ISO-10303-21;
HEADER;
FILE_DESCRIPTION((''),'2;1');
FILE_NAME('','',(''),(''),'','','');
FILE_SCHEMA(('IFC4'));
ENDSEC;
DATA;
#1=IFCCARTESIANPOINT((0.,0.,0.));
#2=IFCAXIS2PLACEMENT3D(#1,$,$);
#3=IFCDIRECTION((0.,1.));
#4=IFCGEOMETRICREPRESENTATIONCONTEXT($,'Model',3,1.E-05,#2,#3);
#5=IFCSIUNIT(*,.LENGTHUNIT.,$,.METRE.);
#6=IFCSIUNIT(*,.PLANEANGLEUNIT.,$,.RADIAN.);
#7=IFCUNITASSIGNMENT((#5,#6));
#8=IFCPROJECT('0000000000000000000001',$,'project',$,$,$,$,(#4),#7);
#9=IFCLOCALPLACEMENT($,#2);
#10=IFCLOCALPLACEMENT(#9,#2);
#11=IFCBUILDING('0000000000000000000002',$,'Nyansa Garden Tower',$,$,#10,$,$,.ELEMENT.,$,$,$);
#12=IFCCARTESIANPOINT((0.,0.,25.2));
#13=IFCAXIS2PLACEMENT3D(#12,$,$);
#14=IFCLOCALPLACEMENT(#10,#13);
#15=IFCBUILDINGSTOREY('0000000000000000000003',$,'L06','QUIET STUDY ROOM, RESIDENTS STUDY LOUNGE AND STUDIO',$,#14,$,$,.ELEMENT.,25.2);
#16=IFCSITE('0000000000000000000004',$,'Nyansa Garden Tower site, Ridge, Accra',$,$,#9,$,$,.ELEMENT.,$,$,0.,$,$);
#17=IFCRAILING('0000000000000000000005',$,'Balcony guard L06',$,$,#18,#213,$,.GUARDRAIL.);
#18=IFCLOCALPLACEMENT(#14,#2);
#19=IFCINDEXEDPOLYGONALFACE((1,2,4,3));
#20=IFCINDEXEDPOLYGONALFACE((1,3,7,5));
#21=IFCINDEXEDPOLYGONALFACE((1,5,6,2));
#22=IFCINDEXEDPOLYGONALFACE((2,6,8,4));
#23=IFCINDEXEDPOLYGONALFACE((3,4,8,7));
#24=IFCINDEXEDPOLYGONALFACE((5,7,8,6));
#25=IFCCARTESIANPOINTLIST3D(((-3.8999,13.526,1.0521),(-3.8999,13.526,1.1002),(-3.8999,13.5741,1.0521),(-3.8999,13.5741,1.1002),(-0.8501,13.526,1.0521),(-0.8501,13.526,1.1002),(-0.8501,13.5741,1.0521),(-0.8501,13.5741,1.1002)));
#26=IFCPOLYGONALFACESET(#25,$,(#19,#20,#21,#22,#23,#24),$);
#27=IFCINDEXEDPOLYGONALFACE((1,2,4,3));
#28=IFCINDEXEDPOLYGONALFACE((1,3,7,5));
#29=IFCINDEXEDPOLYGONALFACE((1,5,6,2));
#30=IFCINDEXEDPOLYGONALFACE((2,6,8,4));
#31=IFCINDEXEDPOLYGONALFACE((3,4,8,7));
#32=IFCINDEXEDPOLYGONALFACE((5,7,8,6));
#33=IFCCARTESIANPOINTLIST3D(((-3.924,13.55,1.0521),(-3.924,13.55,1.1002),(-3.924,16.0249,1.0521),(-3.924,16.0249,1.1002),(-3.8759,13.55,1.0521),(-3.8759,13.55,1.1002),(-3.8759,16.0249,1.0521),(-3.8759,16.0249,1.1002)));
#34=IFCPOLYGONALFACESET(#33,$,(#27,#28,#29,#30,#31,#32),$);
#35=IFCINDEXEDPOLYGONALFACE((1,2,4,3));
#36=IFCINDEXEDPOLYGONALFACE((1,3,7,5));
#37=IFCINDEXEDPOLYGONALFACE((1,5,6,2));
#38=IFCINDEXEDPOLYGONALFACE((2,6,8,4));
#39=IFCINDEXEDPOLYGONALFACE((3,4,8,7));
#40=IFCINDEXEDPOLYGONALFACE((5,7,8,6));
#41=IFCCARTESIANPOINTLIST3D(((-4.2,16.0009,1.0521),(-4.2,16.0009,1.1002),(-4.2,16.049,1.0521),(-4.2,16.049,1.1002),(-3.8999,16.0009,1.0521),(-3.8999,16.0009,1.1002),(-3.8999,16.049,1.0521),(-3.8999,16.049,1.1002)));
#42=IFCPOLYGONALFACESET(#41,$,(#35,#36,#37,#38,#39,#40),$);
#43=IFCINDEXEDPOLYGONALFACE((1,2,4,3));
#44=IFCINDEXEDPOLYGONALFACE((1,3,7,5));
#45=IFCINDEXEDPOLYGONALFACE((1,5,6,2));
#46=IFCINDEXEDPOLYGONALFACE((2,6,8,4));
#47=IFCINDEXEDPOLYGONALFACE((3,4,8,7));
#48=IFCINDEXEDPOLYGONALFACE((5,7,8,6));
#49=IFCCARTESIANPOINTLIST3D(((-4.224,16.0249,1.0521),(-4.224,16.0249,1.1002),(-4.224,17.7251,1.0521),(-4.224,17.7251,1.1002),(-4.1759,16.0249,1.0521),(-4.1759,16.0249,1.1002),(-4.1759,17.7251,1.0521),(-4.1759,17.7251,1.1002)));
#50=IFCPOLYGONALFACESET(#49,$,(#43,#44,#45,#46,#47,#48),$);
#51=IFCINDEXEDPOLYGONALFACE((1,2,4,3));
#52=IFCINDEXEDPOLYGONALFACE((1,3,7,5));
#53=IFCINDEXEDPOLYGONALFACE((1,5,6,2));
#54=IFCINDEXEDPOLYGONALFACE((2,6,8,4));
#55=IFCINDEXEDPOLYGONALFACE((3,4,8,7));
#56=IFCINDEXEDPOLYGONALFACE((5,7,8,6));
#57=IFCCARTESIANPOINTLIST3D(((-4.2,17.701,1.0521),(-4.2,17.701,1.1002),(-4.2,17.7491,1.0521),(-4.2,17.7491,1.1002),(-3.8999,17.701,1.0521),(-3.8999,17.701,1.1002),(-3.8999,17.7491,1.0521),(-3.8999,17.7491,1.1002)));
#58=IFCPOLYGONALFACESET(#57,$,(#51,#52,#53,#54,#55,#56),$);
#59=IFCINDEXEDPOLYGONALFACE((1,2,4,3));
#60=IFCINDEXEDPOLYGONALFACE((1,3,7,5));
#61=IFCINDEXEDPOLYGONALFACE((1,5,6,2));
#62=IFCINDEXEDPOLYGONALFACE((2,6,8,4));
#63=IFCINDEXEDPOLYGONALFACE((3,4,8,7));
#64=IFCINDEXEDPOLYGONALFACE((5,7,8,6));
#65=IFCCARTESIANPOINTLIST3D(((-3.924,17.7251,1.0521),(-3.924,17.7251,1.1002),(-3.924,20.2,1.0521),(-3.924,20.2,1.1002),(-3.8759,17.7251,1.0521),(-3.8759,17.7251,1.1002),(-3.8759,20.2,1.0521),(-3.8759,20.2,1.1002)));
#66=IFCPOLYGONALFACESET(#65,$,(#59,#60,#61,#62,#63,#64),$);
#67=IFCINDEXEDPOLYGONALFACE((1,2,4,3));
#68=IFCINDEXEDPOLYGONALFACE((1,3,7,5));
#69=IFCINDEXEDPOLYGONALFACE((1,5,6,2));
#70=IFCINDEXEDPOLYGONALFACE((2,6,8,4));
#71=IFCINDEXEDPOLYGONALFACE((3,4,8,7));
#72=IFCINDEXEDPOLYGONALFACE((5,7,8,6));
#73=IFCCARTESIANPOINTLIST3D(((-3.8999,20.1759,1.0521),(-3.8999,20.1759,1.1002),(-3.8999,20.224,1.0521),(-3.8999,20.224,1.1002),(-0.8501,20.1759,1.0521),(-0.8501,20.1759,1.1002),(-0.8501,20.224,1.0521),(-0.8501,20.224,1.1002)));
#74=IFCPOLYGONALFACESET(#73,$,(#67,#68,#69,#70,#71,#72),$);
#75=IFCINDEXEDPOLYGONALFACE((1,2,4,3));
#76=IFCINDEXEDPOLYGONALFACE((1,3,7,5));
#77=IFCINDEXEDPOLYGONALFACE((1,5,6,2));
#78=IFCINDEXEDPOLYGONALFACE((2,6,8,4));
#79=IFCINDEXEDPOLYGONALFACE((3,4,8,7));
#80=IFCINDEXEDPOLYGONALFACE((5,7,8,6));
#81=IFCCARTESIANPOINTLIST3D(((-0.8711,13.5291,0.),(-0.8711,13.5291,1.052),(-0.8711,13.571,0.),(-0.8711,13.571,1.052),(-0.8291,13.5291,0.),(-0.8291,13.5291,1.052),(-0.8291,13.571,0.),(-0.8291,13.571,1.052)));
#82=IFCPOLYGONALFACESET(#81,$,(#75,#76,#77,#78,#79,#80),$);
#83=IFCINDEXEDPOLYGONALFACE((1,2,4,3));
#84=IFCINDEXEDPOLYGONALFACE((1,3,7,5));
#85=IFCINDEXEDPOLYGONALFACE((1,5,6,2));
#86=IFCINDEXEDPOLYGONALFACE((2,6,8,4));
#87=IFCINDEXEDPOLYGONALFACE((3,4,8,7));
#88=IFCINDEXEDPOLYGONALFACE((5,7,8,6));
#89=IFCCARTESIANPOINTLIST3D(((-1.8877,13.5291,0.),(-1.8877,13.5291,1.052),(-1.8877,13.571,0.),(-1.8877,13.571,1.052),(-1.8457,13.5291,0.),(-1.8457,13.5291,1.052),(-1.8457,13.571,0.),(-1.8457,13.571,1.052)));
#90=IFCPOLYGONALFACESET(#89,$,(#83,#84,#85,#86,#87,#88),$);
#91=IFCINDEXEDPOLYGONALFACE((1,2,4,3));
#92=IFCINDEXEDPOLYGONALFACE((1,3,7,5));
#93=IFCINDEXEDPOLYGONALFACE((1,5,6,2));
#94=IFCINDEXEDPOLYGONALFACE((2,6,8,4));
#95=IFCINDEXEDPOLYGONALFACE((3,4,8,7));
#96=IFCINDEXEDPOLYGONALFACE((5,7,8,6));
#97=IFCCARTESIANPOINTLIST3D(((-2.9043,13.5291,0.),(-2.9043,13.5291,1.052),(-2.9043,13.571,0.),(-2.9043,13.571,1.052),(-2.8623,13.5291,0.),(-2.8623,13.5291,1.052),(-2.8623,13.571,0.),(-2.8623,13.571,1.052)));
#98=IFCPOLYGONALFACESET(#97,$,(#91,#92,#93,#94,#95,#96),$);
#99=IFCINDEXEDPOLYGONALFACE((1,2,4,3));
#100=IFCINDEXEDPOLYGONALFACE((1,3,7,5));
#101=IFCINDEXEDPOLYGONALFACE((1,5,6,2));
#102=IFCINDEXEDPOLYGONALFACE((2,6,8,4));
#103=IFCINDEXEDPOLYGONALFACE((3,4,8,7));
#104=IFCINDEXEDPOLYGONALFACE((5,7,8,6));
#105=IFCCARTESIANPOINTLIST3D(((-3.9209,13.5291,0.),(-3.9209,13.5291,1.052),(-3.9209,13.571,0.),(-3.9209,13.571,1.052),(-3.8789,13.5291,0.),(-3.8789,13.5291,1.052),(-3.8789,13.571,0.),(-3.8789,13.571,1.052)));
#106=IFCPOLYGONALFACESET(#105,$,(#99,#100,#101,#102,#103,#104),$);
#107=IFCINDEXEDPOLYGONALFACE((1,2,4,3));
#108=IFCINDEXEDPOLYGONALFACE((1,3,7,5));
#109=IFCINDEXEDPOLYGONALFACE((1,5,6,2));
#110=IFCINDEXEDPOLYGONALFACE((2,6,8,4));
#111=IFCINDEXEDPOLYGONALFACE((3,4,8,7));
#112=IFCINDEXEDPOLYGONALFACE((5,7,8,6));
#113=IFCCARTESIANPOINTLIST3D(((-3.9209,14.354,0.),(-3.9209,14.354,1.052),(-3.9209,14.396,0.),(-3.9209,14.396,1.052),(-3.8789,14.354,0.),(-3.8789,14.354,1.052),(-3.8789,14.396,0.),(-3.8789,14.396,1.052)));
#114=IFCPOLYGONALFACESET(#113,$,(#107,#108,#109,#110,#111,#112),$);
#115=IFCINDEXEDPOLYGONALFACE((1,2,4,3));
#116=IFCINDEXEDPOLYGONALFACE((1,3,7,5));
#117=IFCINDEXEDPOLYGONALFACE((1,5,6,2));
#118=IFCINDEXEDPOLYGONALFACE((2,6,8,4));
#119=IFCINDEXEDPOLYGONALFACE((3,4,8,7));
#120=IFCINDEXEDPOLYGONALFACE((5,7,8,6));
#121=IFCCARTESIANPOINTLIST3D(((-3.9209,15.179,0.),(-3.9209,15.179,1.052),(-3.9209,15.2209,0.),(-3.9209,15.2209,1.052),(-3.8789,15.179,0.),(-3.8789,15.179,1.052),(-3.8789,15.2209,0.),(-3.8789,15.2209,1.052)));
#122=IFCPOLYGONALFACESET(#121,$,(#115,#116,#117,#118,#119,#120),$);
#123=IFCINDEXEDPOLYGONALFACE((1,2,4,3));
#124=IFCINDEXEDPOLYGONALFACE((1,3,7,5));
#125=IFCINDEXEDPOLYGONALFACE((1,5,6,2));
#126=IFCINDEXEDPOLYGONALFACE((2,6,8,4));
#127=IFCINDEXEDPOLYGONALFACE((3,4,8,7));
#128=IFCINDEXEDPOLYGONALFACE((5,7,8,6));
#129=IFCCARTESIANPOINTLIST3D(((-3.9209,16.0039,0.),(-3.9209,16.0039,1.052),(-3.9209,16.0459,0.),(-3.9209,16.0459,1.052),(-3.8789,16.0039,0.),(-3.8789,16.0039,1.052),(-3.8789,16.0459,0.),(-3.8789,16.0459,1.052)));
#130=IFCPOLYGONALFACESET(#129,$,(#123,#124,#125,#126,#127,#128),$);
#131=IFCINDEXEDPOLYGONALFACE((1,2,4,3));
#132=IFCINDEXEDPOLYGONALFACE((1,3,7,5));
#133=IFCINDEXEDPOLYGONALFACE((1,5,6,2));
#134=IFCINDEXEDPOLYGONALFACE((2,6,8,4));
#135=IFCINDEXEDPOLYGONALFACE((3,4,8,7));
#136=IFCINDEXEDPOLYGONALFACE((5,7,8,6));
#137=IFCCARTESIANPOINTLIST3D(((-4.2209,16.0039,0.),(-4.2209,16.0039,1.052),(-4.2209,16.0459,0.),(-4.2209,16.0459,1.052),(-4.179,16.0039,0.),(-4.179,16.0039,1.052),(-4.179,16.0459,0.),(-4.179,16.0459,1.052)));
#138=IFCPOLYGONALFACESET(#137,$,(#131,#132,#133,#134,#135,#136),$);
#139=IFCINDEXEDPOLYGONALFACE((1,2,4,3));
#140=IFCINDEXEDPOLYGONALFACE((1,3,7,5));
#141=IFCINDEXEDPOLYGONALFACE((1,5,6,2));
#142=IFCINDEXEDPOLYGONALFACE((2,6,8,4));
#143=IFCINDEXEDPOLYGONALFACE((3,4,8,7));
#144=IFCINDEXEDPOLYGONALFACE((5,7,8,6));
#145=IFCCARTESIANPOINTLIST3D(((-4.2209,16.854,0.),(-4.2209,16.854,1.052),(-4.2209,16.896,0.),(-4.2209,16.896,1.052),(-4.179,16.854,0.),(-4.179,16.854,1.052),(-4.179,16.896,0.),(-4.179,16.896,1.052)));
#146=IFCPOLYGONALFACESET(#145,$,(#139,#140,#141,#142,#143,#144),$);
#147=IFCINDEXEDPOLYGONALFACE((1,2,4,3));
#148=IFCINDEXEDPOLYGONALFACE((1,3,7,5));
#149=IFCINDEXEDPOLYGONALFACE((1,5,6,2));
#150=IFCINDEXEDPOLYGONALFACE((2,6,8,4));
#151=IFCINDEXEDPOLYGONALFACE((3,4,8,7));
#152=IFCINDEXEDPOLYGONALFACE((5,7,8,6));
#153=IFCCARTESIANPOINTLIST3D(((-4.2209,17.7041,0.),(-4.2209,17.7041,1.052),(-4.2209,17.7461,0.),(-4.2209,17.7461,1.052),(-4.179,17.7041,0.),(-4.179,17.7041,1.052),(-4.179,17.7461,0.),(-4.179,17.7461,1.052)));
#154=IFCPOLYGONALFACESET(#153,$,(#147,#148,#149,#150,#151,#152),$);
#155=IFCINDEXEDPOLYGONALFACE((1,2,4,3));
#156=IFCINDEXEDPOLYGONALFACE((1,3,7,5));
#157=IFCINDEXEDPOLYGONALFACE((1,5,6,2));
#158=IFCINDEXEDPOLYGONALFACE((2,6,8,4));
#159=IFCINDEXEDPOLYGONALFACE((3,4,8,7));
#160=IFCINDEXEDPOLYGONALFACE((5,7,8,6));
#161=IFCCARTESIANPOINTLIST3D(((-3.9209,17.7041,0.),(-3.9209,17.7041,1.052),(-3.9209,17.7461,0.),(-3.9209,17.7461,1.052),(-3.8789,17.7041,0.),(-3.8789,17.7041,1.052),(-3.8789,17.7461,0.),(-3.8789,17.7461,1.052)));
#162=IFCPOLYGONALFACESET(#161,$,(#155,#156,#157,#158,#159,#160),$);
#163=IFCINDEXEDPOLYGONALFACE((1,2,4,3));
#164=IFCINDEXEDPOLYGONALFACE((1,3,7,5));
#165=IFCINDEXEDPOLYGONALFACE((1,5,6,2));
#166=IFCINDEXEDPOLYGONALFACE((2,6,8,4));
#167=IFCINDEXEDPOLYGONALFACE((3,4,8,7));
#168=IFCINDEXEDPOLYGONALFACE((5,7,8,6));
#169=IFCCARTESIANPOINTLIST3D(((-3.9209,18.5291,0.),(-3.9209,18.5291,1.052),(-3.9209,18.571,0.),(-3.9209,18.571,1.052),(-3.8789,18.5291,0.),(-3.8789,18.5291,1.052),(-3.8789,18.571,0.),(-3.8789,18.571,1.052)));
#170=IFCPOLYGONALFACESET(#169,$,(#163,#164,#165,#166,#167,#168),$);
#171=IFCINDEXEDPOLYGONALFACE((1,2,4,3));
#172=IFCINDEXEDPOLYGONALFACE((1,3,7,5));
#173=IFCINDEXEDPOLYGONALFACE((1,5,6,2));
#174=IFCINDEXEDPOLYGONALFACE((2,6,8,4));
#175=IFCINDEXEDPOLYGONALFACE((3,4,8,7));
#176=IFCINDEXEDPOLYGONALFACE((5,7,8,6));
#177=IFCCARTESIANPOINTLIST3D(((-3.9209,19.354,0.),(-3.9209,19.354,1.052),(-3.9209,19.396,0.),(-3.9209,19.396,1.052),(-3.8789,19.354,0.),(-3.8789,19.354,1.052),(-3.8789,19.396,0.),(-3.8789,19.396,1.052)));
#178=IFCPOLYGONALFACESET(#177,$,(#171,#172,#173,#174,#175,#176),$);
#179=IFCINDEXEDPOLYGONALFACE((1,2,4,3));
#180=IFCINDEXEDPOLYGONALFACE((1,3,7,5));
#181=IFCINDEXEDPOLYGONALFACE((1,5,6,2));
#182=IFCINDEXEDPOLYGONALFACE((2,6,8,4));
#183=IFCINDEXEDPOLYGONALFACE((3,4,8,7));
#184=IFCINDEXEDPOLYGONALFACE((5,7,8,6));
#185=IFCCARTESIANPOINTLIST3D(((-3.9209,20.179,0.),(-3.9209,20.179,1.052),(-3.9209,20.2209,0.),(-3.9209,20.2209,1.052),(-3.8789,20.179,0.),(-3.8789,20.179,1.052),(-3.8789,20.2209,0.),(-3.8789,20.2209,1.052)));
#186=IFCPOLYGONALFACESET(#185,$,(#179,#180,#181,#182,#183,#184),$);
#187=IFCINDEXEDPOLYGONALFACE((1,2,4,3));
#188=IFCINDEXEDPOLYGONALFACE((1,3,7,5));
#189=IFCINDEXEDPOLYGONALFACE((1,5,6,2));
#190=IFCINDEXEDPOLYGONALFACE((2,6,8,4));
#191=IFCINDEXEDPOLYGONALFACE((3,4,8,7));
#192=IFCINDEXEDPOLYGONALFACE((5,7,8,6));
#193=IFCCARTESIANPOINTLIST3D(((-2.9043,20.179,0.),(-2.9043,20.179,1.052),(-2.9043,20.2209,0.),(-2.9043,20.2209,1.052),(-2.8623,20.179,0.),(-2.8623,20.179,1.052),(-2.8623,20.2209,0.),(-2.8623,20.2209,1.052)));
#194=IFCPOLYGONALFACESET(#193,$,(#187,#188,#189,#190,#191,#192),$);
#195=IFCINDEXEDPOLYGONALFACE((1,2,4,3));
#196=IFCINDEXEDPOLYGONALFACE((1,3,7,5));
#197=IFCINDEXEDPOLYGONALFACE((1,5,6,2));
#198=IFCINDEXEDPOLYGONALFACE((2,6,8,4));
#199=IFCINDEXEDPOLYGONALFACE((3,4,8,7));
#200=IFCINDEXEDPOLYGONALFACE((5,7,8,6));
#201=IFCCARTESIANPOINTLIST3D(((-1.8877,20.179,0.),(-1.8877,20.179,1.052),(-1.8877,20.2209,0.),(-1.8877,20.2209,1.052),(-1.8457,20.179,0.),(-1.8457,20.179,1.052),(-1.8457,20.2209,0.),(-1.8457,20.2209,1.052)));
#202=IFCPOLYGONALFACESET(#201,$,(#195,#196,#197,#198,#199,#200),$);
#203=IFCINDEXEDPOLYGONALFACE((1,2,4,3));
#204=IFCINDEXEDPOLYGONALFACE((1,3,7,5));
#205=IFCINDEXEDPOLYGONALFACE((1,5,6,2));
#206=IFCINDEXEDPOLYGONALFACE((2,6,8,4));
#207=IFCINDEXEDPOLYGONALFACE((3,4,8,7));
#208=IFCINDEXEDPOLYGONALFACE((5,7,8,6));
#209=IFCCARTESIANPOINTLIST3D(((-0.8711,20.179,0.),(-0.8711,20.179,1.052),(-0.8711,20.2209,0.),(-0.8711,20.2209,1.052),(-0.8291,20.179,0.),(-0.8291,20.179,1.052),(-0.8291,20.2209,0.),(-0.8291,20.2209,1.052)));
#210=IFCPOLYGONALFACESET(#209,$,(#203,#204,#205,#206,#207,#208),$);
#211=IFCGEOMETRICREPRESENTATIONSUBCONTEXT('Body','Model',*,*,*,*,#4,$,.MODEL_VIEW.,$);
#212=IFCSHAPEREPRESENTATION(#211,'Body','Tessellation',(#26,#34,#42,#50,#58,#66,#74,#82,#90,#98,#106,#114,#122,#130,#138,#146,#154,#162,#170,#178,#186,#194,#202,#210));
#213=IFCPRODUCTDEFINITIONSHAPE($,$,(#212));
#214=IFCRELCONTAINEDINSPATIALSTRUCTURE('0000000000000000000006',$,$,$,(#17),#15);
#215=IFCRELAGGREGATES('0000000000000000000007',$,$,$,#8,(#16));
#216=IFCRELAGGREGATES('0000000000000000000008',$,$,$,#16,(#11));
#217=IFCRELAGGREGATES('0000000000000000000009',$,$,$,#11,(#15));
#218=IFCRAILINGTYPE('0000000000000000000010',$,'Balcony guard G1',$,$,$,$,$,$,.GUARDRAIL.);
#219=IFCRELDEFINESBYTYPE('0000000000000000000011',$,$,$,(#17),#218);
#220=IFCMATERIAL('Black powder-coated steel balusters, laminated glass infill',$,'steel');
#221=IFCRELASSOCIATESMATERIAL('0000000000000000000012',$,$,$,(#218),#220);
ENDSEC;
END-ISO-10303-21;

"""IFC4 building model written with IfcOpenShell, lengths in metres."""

from ifc_helpers import new_model, si_unit, direction, frame, origin, origin_2d, place, context, subcontext, project, spatial, rectangle, extrude, material, type_object, element, save


model = new_model("IFC4")

# Units and contexts
model_context = context("Model", 3, precision=1e-05, world=origin(), true_north=direction((0.0, 1.0)))
body_context = subcontext(model_context, "Body", "Model", "MODEL_VIEW")
ifc_project = project(units=[si_unit("LENGTHUNIT", "METRE"), si_unit("PLANEANGLEUNIT", "RADIAN")], contexts=[model_context])

# Site, building, storey
site_placement = place(None, origin())
site = spatial("IfcSite", under=ifc_project, at=site_placement, Name="Nyansa Garden Tower site, Ridge, Accra", CompositionType="ELEMENT", RefElevation=0.0)
building_placement = place(site_placement, origin())
building = spatial("IfcBuilding", under=site, at=building_placement, Name="Nyansa Garden Tower", CompositionType="ELEMENT")
storey_placement = place(building_placement, frame((0.0, 0.0, 25.2)))
storey = spatial("IfcBuildingStorey", under=building, at=storey_placement, Name="L06", Description="QUIET STUDY ROOM, RESIDENTS STUDY LOUNGE AND STUDIO", CompositionType="ELEMENT", Elevation=25.2)

# Railing
ifc_material_1 = material(Name="Black powder-coated steel balusters, laminated glass infill", Category="steel")
railing_type = type_object("IfcRailingType", Name="Balcony guard G1", PredefinedType="GUARDRAIL", material=ifc_material_1)
railing_placement = place(storey_placement, frame((-0.8501, 13.55, 0.0)))
element("IfcRailing", 1, at=railing_placement, inside=storey, type_object=railing_type, Name="Balcony guard L06", PredefinedType="GUARDRAIL", context=body_context, shape_type="SweptSolid", body=[
    extrude(rectangle(XDim=0.0481, YDim=0.0481, at=origin_2d()), frame((0.0, 0.0, 1.0762), z_axis=(-1.0, 0.0, 0.0), x_axis=(0.0, -1.0, 0.0)), (0.0, 0.0, 1.0), 3.0498),
    extrude(rectangle(XDim=0.0481, YDim=0.0481, at=origin_2d()), frame((-3.0498, 0.0, 1.0762), z_axis=(0.0, 1.0, 0.0), x_axis=(-1.0, 0.0, 0.0)), (0.0, 0.0, 1.0), 2.4749),
    extrude(rectangle(XDim=0.0481, YDim=0.0481, at=origin_2d()), frame((-3.0498, 2.4749, 1.0762), z_axis=(-1.0, 0.0, 0.0), x_axis=(0.0, -1.0, 0.0)), (0.0, 0.0, 1.0), 0.3),
    extrude(rectangle(XDim=0.0481, YDim=0.0481, at=origin_2d()), frame((-3.3499, 2.4749, 1.0762), z_axis=(0.0, 1.0, 0.0), x_axis=(-1.0, 0.0, 0.0)), (0.0, 0.0, 1.0), 1.7002),
    extrude(rectangle(XDim=0.0481, YDim=0.0481, at=origin_2d()), frame((-3.3499, 4.175, 1.0762), z_axis=(1.0, 0.0, 0.0), x_axis=(0.0, 1.0, 0.0)), (0.0, 0.0, 1.0), 0.3),
    extrude(rectangle(XDim=0.0481, YDim=0.0481, at=origin_2d()), frame((-3.0498, 4.175, 1.0762), z_axis=(0.0, 1.0, 0.0), x_axis=(-1.0, 0.0, 0.0)), (0.0, 0.0, 1.0), 2.4749),
    extrude(rectangle(XDim=0.0481, YDim=0.0481, at=origin_2d()), frame((-3.0498, 6.6499, 1.0762), z_axis=(1.0, 0.0, 0.0), x_axis=(0.0, 1.0, 0.0)), (0.0, 0.0, 1.0), 3.0498),
    extrude(rectangle(XDim=0.042, YDim=0.042, at=origin_2d()), origin(), (0.0, 0.0, 1.0), 1.052),
    extrude(rectangle(XDim=0.042, YDim=0.042, at=origin_2d()), frame((-1.0166, 0.0, 0.0)), (0.0, 0.0, 1.0), 1.052),
    extrude(rectangle(XDim=0.042, YDim=0.042, at=origin_2d()), frame((-2.0332, 0.0, 0.0)), (0.0, 0.0, 1.0), 1.052),
    extrude(rectangle(XDim=0.042, YDim=0.042, at=origin_2d()), frame((-3.0498, 0.0, 0.0)), (0.0, 0.0, 1.0), 1.052),
    extrude(rectangle(XDim=0.042, YDim=0.042, at=origin_2d()), frame((-3.0498, 0.825, 0.0)), (0.0, 0.0, 1.0), 1.052),
    extrude(rectangle(XDim=0.042, YDim=0.042, at=origin_2d()), frame((-3.0498, 1.6499, 0.0)), (0.0, 0.0, 1.0), 1.052),
    extrude(rectangle(XDim=0.042, YDim=0.042, at=origin_2d()), frame((-3.0498, 2.4749, 0.0)), (0.0, 0.0, 1.0), 1.052),
    extrude(rectangle(XDim=0.042, YDim=0.042, at=origin_2d()), frame((-3.3499, 2.4749, 0.0)), (0.0, 0.0, 1.0), 1.052),
    extrude(rectangle(XDim=0.042, YDim=0.042, at=origin_2d()), frame((-3.3499, 3.325, 0.0)), (0.0, 0.0, 1.0), 1.052),
    extrude(rectangle(XDim=0.042, YDim=0.042, at=origin_2d()), frame((-3.3499, 4.175, 0.0)), (0.0, 0.0, 1.0), 1.052),
    extrude(rectangle(XDim=0.042, YDim=0.042, at=origin_2d()), frame((-3.0498, 4.175, 0.0)), (0.0, 0.0, 1.0), 1.052),
    extrude(rectangle(XDim=0.042, YDim=0.042, at=origin_2d()), frame((-3.0498, 5.0, 0.0)), (0.0, 0.0, 1.0), 1.052),
    extrude(rectangle(XDim=0.042, YDim=0.042, at=origin_2d()), frame((-3.0498, 5.825, 0.0)), (0.0, 0.0, 1.0), 1.052),
    extrude(rectangle(XDim=0.042, YDim=0.042, at=origin_2d()), frame((-3.0498, 6.6499, 0.0)), (0.0, 0.0, 1.0), 1.052),
    extrude(rectangle(XDim=0.042, YDim=0.042, at=origin_2d()), frame((-2.0332, 6.6499, 0.0)), (0.0, 0.0, 1.0), 1.052),
    extrude(rectangle(XDim=0.042, YDim=0.042, at=origin_2d()), frame((-1.0166, 6.6499, 0.0)), (0.0, 0.0, 1.0), 1.052),
    extrude(rectangle(XDim=0.042, YDim=0.042, at=origin_2d()), frame((0.0, 6.6499, 0.0)), (0.0, 0.0, 1.0), 1.052),
])

save(model, "model.ifc")
